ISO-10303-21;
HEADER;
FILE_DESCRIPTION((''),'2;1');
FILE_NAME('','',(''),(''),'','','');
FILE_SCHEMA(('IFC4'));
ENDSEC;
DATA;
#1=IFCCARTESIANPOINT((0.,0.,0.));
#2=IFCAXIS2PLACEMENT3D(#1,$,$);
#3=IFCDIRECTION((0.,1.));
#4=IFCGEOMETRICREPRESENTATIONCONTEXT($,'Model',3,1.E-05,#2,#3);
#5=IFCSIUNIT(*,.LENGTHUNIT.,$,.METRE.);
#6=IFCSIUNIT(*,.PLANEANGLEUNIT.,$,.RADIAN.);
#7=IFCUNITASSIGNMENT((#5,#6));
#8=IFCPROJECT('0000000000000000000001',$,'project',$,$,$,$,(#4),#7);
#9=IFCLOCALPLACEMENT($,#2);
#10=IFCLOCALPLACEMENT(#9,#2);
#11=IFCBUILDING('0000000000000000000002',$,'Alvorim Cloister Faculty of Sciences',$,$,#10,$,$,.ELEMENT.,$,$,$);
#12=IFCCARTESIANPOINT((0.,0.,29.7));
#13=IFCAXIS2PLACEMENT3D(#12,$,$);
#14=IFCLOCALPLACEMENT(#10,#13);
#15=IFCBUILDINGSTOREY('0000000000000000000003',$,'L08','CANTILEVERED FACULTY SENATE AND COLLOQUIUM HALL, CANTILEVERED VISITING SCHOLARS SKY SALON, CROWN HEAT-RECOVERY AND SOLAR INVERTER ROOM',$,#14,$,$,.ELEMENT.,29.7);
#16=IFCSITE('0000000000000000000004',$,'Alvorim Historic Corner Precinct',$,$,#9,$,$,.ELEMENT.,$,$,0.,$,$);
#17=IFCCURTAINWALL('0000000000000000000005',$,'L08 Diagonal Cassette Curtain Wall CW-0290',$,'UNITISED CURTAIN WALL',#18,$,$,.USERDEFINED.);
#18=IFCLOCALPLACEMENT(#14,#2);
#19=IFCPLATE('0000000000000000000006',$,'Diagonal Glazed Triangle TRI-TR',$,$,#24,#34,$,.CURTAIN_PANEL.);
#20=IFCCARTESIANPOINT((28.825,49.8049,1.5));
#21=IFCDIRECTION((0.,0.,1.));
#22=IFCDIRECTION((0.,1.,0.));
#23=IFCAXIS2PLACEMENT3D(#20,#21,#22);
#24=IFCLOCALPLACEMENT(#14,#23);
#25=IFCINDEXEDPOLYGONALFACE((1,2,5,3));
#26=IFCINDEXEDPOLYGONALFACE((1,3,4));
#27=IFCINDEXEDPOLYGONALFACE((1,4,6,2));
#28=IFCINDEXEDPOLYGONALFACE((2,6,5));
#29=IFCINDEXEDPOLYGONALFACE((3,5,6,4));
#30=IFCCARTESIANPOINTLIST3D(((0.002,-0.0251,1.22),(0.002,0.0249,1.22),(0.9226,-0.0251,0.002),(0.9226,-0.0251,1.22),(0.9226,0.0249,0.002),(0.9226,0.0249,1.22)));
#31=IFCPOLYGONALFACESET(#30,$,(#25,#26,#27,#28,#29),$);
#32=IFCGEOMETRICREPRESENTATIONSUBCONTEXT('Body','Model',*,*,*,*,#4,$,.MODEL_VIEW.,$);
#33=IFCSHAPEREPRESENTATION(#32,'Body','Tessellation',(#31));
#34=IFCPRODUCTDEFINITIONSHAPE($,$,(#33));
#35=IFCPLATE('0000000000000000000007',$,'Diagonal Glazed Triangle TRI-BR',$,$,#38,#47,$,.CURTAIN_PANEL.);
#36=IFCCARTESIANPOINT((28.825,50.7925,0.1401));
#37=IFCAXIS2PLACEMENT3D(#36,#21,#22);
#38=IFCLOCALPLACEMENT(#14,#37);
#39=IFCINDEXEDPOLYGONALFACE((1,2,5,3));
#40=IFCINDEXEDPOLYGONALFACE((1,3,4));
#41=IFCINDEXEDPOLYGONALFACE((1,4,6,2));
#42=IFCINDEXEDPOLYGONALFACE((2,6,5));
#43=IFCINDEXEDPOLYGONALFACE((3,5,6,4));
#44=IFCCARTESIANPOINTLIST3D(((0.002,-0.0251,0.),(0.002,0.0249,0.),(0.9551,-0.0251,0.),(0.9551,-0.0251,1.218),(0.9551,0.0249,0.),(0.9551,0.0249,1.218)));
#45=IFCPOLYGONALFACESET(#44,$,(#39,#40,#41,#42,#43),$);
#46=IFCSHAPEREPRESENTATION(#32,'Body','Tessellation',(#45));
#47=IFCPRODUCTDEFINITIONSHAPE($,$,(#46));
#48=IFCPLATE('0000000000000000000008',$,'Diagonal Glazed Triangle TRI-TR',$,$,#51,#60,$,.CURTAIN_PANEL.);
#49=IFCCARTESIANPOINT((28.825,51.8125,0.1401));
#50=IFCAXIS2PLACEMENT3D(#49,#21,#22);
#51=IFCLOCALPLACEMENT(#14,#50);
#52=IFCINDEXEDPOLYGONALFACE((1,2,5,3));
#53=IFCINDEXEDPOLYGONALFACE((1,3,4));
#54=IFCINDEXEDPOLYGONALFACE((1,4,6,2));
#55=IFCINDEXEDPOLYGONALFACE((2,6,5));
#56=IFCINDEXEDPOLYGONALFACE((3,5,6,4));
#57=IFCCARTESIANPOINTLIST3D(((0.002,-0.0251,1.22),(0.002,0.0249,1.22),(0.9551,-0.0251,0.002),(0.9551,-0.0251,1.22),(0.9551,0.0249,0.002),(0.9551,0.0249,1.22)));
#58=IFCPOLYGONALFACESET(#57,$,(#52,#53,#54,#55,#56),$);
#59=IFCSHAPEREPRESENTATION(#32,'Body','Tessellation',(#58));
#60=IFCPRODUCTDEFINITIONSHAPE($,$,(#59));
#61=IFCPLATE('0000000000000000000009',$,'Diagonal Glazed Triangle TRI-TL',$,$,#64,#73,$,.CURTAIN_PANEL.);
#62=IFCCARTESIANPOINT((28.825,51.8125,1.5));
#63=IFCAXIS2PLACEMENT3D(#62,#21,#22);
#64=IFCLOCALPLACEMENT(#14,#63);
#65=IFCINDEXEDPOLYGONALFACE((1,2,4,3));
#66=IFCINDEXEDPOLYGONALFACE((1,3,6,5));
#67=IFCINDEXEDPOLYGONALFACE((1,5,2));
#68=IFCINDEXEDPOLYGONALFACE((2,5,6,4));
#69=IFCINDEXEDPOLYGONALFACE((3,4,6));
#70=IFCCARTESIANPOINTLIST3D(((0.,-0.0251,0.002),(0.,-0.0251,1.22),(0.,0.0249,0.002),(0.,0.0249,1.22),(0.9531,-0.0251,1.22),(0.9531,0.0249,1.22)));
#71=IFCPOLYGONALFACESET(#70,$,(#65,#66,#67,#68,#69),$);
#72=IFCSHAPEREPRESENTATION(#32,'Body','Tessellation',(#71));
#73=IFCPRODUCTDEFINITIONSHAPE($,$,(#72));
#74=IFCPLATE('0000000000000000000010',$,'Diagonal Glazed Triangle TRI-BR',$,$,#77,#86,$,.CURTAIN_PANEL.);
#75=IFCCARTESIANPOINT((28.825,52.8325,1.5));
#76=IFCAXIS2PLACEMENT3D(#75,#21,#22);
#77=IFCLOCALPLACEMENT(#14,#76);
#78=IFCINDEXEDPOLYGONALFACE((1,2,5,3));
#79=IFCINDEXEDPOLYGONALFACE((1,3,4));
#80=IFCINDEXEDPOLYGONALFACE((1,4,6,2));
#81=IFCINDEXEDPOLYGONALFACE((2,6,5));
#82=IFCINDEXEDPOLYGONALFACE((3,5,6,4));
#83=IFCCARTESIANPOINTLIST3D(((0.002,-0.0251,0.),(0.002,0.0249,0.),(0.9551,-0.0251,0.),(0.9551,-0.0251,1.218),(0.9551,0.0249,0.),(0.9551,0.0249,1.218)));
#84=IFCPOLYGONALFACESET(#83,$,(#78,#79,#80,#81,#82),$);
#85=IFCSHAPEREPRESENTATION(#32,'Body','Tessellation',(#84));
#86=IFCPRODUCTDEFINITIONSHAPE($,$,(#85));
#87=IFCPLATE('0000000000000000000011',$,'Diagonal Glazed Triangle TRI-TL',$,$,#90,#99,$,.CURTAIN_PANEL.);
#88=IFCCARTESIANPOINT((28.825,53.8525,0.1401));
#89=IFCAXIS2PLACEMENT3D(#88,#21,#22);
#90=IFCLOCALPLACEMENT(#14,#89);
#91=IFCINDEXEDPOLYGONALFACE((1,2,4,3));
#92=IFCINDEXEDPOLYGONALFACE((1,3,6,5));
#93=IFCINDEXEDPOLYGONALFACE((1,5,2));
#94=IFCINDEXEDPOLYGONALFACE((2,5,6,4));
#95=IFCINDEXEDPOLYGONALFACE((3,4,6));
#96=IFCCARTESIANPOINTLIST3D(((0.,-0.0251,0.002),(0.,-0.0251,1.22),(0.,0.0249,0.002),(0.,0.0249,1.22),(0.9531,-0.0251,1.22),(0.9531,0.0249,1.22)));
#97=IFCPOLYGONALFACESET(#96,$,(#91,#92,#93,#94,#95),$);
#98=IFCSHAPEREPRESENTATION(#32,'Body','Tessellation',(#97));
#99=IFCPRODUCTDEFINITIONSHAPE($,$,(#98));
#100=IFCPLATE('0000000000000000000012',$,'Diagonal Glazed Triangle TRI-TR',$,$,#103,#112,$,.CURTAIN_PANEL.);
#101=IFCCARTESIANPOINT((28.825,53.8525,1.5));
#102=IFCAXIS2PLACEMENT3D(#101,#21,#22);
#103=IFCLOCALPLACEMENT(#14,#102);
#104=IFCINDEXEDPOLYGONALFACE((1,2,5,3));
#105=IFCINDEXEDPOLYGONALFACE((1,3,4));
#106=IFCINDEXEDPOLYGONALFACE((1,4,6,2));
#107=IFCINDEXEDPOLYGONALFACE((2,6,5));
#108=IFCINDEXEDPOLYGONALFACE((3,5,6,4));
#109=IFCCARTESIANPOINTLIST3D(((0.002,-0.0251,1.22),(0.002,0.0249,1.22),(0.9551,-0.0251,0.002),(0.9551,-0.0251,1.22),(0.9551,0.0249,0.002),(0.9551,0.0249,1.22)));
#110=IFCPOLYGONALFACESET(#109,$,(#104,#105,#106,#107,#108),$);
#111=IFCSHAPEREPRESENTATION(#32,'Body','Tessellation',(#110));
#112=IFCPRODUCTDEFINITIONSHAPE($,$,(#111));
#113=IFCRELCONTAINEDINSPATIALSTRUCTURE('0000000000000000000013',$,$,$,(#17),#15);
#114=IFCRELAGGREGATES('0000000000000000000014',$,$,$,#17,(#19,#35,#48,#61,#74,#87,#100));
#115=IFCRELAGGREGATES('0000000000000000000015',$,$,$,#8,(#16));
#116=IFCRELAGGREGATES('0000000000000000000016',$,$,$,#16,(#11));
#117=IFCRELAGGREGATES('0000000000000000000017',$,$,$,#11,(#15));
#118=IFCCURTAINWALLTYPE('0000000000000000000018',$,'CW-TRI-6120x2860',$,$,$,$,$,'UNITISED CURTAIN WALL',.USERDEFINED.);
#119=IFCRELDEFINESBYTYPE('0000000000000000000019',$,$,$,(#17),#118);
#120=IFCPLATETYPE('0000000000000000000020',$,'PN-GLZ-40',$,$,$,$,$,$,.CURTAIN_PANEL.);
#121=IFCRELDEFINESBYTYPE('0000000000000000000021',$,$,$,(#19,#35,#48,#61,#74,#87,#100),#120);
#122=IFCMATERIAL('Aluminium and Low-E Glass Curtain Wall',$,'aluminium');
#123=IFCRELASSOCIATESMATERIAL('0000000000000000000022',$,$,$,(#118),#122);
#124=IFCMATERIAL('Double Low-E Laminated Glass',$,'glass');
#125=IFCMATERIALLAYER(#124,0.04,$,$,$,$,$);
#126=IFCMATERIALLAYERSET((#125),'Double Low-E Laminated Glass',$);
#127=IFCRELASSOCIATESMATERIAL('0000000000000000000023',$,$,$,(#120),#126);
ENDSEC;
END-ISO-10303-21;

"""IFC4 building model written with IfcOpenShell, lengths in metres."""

from ifc_helpers import new_model, si_unit, direction, frame, origin, place, context, subcontext, project, spatial, polyline, outline, extrude, material, layer, layer_set, type_object, element, aggregate, save


model = new_model("IFC4")

# Units and contexts
model_context = context("Model", 3, precision=1e-05, world=origin(), true_north=direction((0.0, 1.0)))
body_context = subcontext(model_context, "Body", "Model", "MODEL_VIEW")
ifc_project = project(units=[si_unit("LENGTHUNIT", "METRE"), si_unit("PLANEANGLEUNIT", "RADIAN")], contexts=[model_context])

# Site, building, storey
site_placement = place(None, origin())
site = spatial("IfcSite", under=ifc_project, at=site_placement, Name="Alvorim Historic Corner Precinct", CompositionType="ELEMENT", RefElevation=0.0)
building_placement = place(site_placement, origin())
building = spatial("IfcBuilding", under=site, at=building_placement, Name="Alvorim Cloister Faculty of Sciences", CompositionType="ELEMENT")
storey_placement = place(building_placement, frame((0.0, 0.0, 29.7)))
storey = spatial("IfcBuildingStorey", under=building, at=storey_placement, Name="L08", Description="CANTILEVERED FACULTY SENATE AND COLLOQUIUM HALL, CANTILEVERED VISITING SCHOLARS SKY SALON, CROWN HEAT-RECOVERY AND SOLAR INVERTER ROOM", CompositionType="ELEMENT", Elevation=29.7)

# Curtain wall, plates
ifc_material_1 = material(Name="Aluminium and Low-E Glass Curtain Wall", Category="aluminium")
curtain_wall_type = type_object("IfcCurtainWallType", Name="CW-TRI-6120x2860", ElementType="UNITISED CURTAIN WALL", PredefinedType="USERDEFINED", material=ifc_material_1)
curtain_wall_placement = place(storey_placement, origin())
curtain_wall = element("IfcCurtainWall", 1, at=curtain_wall_placement, inside=storey, type_object=curtain_wall_type, Name="L08 Diagonal Cassette Curtain Wall CW-0290", ObjectType="UNITISED CURTAIN WALL", PredefinedType="USERDEFINED")
ifc_material_2 = material(Name="Double Low-E Laminated Glass", Category="glass")
ifc_layer = layer(ifc_material_2, 0.04)
ifc_layer_set = layer_set([ifc_layer], Name="Double Low-E Laminated Glass")
plate_type = type_object("IfcPlateType", Name="PN-GLZ-40", PredefinedType="CURTAIN_PANEL", material=ifc_layer_set)
plate_1_placement = place(storey_placement, frame((28.825, 49.8049, 1.5), z_axis=(0.0, 0.0, 1.0), x_axis=(0.0, 1.0, 0.0)))
plate_1 = element("IfcPlate", 2, at=plate_1_placement, type_object=plate_type, Name="Diagonal Glazed Triangle TRI-TR", PredefinedType="CURTAIN_PANEL", context=body_context, shape_type="SweptSolid", body=[
    extrude(outline(polyline([(0.9226, 0.002), (0.9226, 1.22), (0.002, 1.22), (0.9226, 0.002)])), frame((0.0, 0.0249, 0.0), z_axis=(0.0, -1.0, 0.0), x_axis=(1.0, 0.0, 0.0)), (0.0, 0.0, 1.0), 0.05),
])
plate_2_placement = place(storey_placement, frame((28.825, 50.7925, 0.1401), z_axis=(0.0, 0.0, 1.0), x_axis=(0.0, 1.0, 0.0)))
plate_2 = element("IfcPlate", 3, at=plate_2_placement, type_object=plate_type, Name="Diagonal Glazed Triangle TRI-BR", PredefinedType="CURTAIN_PANEL", context=body_context, shape_type="SweptSolid", body=[
    extrude(outline(polyline([(0.002, 0.0), (0.9551, 0.0), (0.9551, 1.218), (0.002, 0.0)])), frame((0.0, 0.0249, 0.0), z_axis=(0.0, -1.0, 0.0), x_axis=(1.0, 0.0, 0.0)), (0.0, 0.0, 1.0), 0.05),
])
plate_3_placement = place(storey_placement, frame((28.825, 51.8125, 0.1401), z_axis=(0.0, 0.0, 1.0), x_axis=(0.0, 1.0, 0.0)))
plate_3 = element("IfcPlate", 4, at=plate_3_placement, type_object=plate_type, Name="Diagonal Glazed Triangle TRI-TR", PredefinedType="CURTAIN_PANEL", context=body_context, shape_type="SweptSolid", body=[
    extrude(outline(polyline([(0.9551, 0.002), (0.9551, 1.22), (0.002, 1.22), (0.9551, 0.002)])), frame((0.0, 0.0249, 0.0), z_axis=(0.0, -1.0, 0.0), x_axis=(1.0, 0.0, 0.0)), (0.0, 0.0, 1.0), 0.05),
])
plate_4_placement = place(storey_placement, frame((28.825, 51.8125, 1.5), z_axis=(0.0, 0.0, 1.0), x_axis=(0.0, 1.0, 0.0)))
plate_4 = element("IfcPlate", 5, at=plate_4_placement, type_object=plate_type, Name="Diagonal Glazed Triangle TRI-TL", PredefinedType="CURTAIN_PANEL", context=body_context, shape_type="SweptSolid", body=[
    extrude(outline(polyline([(0.9531, 1.22), (0.0, 1.22), (0.0, 0.002), (0.9531, 1.22)])), frame((0.0, 0.0249, 0.0), z_axis=(0.0, -1.0, 0.0), x_axis=(1.0, 0.0, 0.0)), (0.0, 0.0, 1.0), 0.05),
])
plate_5_placement = place(storey_placement, frame((28.825, 52.8325, 1.5), z_axis=(0.0, 0.0, 1.0), x_axis=(0.0, 1.0, 0.0)))
plate_5 = element("IfcPlate", 6, at=plate_5_placement, type_object=plate_type, Name="Diagonal Glazed Triangle TRI-BR", PredefinedType="CURTAIN_PANEL", context=body_context, shape_type="SweptSolid", body=[
    extrude(outline(polyline([(0.002, 0.0), (0.9551, 0.0), (0.9551, 1.218), (0.002, 0.0)])), frame((0.0, 0.0249, 0.0), z_axis=(0.0, -1.0, 0.0), x_axis=(1.0, 0.0, 0.0)), (0.0, 0.0, 1.0), 0.05),
])
plate_6_placement = place(storey_placement, frame((28.825, 53.8525, 0.1401), z_axis=(0.0, 0.0, 1.0), x_axis=(0.0, 1.0, 0.0)))
plate_6 = element("IfcPlate", 7, at=plate_6_placement, type_object=plate_type, Name="Diagonal Glazed Triangle TRI-TL", PredefinedType="CURTAIN_PANEL", context=body_context, shape_type="SweptSolid", body=[
    extrude(outline(polyline([(0.9531, 1.22), (0.0, 1.22), (0.0, 0.002), (0.9531, 1.22)])), frame((0.0, 0.0249, 0.0), z_axis=(0.0, -1.0, 0.0), x_axis=(1.0, 0.0, 0.0)), (0.0, 0.0, 1.0), 0.05),
])
plate_7_placement = place(storey_placement, frame((28.825, 53.8525, 1.5), z_axis=(0.0, 0.0, 1.0), x_axis=(0.0, 1.0, 0.0)))
plate_7 = element("IfcPlate", 8, at=plate_7_placement, type_object=plate_type, Name="Diagonal Glazed Triangle TRI-TR", PredefinedType="CURTAIN_PANEL", context=body_context, shape_type="SweptSolid", body=[
    extrude(outline(polyline([(0.9551, 0.002), (0.9551, 1.22), (0.002, 1.22), (0.9551, 0.002)])), frame((0.0, 0.0249, 0.0), z_axis=(0.0, -1.0, 0.0), x_axis=(1.0, 0.0, 0.0)), (0.0, 0.0, 1.0), 0.05),
])
aggregate(curtain_wall, [plate_1, plate_2, plate_3, plate_4, plate_5, plate_6, plate_7])

save(model, "model.ifc")
